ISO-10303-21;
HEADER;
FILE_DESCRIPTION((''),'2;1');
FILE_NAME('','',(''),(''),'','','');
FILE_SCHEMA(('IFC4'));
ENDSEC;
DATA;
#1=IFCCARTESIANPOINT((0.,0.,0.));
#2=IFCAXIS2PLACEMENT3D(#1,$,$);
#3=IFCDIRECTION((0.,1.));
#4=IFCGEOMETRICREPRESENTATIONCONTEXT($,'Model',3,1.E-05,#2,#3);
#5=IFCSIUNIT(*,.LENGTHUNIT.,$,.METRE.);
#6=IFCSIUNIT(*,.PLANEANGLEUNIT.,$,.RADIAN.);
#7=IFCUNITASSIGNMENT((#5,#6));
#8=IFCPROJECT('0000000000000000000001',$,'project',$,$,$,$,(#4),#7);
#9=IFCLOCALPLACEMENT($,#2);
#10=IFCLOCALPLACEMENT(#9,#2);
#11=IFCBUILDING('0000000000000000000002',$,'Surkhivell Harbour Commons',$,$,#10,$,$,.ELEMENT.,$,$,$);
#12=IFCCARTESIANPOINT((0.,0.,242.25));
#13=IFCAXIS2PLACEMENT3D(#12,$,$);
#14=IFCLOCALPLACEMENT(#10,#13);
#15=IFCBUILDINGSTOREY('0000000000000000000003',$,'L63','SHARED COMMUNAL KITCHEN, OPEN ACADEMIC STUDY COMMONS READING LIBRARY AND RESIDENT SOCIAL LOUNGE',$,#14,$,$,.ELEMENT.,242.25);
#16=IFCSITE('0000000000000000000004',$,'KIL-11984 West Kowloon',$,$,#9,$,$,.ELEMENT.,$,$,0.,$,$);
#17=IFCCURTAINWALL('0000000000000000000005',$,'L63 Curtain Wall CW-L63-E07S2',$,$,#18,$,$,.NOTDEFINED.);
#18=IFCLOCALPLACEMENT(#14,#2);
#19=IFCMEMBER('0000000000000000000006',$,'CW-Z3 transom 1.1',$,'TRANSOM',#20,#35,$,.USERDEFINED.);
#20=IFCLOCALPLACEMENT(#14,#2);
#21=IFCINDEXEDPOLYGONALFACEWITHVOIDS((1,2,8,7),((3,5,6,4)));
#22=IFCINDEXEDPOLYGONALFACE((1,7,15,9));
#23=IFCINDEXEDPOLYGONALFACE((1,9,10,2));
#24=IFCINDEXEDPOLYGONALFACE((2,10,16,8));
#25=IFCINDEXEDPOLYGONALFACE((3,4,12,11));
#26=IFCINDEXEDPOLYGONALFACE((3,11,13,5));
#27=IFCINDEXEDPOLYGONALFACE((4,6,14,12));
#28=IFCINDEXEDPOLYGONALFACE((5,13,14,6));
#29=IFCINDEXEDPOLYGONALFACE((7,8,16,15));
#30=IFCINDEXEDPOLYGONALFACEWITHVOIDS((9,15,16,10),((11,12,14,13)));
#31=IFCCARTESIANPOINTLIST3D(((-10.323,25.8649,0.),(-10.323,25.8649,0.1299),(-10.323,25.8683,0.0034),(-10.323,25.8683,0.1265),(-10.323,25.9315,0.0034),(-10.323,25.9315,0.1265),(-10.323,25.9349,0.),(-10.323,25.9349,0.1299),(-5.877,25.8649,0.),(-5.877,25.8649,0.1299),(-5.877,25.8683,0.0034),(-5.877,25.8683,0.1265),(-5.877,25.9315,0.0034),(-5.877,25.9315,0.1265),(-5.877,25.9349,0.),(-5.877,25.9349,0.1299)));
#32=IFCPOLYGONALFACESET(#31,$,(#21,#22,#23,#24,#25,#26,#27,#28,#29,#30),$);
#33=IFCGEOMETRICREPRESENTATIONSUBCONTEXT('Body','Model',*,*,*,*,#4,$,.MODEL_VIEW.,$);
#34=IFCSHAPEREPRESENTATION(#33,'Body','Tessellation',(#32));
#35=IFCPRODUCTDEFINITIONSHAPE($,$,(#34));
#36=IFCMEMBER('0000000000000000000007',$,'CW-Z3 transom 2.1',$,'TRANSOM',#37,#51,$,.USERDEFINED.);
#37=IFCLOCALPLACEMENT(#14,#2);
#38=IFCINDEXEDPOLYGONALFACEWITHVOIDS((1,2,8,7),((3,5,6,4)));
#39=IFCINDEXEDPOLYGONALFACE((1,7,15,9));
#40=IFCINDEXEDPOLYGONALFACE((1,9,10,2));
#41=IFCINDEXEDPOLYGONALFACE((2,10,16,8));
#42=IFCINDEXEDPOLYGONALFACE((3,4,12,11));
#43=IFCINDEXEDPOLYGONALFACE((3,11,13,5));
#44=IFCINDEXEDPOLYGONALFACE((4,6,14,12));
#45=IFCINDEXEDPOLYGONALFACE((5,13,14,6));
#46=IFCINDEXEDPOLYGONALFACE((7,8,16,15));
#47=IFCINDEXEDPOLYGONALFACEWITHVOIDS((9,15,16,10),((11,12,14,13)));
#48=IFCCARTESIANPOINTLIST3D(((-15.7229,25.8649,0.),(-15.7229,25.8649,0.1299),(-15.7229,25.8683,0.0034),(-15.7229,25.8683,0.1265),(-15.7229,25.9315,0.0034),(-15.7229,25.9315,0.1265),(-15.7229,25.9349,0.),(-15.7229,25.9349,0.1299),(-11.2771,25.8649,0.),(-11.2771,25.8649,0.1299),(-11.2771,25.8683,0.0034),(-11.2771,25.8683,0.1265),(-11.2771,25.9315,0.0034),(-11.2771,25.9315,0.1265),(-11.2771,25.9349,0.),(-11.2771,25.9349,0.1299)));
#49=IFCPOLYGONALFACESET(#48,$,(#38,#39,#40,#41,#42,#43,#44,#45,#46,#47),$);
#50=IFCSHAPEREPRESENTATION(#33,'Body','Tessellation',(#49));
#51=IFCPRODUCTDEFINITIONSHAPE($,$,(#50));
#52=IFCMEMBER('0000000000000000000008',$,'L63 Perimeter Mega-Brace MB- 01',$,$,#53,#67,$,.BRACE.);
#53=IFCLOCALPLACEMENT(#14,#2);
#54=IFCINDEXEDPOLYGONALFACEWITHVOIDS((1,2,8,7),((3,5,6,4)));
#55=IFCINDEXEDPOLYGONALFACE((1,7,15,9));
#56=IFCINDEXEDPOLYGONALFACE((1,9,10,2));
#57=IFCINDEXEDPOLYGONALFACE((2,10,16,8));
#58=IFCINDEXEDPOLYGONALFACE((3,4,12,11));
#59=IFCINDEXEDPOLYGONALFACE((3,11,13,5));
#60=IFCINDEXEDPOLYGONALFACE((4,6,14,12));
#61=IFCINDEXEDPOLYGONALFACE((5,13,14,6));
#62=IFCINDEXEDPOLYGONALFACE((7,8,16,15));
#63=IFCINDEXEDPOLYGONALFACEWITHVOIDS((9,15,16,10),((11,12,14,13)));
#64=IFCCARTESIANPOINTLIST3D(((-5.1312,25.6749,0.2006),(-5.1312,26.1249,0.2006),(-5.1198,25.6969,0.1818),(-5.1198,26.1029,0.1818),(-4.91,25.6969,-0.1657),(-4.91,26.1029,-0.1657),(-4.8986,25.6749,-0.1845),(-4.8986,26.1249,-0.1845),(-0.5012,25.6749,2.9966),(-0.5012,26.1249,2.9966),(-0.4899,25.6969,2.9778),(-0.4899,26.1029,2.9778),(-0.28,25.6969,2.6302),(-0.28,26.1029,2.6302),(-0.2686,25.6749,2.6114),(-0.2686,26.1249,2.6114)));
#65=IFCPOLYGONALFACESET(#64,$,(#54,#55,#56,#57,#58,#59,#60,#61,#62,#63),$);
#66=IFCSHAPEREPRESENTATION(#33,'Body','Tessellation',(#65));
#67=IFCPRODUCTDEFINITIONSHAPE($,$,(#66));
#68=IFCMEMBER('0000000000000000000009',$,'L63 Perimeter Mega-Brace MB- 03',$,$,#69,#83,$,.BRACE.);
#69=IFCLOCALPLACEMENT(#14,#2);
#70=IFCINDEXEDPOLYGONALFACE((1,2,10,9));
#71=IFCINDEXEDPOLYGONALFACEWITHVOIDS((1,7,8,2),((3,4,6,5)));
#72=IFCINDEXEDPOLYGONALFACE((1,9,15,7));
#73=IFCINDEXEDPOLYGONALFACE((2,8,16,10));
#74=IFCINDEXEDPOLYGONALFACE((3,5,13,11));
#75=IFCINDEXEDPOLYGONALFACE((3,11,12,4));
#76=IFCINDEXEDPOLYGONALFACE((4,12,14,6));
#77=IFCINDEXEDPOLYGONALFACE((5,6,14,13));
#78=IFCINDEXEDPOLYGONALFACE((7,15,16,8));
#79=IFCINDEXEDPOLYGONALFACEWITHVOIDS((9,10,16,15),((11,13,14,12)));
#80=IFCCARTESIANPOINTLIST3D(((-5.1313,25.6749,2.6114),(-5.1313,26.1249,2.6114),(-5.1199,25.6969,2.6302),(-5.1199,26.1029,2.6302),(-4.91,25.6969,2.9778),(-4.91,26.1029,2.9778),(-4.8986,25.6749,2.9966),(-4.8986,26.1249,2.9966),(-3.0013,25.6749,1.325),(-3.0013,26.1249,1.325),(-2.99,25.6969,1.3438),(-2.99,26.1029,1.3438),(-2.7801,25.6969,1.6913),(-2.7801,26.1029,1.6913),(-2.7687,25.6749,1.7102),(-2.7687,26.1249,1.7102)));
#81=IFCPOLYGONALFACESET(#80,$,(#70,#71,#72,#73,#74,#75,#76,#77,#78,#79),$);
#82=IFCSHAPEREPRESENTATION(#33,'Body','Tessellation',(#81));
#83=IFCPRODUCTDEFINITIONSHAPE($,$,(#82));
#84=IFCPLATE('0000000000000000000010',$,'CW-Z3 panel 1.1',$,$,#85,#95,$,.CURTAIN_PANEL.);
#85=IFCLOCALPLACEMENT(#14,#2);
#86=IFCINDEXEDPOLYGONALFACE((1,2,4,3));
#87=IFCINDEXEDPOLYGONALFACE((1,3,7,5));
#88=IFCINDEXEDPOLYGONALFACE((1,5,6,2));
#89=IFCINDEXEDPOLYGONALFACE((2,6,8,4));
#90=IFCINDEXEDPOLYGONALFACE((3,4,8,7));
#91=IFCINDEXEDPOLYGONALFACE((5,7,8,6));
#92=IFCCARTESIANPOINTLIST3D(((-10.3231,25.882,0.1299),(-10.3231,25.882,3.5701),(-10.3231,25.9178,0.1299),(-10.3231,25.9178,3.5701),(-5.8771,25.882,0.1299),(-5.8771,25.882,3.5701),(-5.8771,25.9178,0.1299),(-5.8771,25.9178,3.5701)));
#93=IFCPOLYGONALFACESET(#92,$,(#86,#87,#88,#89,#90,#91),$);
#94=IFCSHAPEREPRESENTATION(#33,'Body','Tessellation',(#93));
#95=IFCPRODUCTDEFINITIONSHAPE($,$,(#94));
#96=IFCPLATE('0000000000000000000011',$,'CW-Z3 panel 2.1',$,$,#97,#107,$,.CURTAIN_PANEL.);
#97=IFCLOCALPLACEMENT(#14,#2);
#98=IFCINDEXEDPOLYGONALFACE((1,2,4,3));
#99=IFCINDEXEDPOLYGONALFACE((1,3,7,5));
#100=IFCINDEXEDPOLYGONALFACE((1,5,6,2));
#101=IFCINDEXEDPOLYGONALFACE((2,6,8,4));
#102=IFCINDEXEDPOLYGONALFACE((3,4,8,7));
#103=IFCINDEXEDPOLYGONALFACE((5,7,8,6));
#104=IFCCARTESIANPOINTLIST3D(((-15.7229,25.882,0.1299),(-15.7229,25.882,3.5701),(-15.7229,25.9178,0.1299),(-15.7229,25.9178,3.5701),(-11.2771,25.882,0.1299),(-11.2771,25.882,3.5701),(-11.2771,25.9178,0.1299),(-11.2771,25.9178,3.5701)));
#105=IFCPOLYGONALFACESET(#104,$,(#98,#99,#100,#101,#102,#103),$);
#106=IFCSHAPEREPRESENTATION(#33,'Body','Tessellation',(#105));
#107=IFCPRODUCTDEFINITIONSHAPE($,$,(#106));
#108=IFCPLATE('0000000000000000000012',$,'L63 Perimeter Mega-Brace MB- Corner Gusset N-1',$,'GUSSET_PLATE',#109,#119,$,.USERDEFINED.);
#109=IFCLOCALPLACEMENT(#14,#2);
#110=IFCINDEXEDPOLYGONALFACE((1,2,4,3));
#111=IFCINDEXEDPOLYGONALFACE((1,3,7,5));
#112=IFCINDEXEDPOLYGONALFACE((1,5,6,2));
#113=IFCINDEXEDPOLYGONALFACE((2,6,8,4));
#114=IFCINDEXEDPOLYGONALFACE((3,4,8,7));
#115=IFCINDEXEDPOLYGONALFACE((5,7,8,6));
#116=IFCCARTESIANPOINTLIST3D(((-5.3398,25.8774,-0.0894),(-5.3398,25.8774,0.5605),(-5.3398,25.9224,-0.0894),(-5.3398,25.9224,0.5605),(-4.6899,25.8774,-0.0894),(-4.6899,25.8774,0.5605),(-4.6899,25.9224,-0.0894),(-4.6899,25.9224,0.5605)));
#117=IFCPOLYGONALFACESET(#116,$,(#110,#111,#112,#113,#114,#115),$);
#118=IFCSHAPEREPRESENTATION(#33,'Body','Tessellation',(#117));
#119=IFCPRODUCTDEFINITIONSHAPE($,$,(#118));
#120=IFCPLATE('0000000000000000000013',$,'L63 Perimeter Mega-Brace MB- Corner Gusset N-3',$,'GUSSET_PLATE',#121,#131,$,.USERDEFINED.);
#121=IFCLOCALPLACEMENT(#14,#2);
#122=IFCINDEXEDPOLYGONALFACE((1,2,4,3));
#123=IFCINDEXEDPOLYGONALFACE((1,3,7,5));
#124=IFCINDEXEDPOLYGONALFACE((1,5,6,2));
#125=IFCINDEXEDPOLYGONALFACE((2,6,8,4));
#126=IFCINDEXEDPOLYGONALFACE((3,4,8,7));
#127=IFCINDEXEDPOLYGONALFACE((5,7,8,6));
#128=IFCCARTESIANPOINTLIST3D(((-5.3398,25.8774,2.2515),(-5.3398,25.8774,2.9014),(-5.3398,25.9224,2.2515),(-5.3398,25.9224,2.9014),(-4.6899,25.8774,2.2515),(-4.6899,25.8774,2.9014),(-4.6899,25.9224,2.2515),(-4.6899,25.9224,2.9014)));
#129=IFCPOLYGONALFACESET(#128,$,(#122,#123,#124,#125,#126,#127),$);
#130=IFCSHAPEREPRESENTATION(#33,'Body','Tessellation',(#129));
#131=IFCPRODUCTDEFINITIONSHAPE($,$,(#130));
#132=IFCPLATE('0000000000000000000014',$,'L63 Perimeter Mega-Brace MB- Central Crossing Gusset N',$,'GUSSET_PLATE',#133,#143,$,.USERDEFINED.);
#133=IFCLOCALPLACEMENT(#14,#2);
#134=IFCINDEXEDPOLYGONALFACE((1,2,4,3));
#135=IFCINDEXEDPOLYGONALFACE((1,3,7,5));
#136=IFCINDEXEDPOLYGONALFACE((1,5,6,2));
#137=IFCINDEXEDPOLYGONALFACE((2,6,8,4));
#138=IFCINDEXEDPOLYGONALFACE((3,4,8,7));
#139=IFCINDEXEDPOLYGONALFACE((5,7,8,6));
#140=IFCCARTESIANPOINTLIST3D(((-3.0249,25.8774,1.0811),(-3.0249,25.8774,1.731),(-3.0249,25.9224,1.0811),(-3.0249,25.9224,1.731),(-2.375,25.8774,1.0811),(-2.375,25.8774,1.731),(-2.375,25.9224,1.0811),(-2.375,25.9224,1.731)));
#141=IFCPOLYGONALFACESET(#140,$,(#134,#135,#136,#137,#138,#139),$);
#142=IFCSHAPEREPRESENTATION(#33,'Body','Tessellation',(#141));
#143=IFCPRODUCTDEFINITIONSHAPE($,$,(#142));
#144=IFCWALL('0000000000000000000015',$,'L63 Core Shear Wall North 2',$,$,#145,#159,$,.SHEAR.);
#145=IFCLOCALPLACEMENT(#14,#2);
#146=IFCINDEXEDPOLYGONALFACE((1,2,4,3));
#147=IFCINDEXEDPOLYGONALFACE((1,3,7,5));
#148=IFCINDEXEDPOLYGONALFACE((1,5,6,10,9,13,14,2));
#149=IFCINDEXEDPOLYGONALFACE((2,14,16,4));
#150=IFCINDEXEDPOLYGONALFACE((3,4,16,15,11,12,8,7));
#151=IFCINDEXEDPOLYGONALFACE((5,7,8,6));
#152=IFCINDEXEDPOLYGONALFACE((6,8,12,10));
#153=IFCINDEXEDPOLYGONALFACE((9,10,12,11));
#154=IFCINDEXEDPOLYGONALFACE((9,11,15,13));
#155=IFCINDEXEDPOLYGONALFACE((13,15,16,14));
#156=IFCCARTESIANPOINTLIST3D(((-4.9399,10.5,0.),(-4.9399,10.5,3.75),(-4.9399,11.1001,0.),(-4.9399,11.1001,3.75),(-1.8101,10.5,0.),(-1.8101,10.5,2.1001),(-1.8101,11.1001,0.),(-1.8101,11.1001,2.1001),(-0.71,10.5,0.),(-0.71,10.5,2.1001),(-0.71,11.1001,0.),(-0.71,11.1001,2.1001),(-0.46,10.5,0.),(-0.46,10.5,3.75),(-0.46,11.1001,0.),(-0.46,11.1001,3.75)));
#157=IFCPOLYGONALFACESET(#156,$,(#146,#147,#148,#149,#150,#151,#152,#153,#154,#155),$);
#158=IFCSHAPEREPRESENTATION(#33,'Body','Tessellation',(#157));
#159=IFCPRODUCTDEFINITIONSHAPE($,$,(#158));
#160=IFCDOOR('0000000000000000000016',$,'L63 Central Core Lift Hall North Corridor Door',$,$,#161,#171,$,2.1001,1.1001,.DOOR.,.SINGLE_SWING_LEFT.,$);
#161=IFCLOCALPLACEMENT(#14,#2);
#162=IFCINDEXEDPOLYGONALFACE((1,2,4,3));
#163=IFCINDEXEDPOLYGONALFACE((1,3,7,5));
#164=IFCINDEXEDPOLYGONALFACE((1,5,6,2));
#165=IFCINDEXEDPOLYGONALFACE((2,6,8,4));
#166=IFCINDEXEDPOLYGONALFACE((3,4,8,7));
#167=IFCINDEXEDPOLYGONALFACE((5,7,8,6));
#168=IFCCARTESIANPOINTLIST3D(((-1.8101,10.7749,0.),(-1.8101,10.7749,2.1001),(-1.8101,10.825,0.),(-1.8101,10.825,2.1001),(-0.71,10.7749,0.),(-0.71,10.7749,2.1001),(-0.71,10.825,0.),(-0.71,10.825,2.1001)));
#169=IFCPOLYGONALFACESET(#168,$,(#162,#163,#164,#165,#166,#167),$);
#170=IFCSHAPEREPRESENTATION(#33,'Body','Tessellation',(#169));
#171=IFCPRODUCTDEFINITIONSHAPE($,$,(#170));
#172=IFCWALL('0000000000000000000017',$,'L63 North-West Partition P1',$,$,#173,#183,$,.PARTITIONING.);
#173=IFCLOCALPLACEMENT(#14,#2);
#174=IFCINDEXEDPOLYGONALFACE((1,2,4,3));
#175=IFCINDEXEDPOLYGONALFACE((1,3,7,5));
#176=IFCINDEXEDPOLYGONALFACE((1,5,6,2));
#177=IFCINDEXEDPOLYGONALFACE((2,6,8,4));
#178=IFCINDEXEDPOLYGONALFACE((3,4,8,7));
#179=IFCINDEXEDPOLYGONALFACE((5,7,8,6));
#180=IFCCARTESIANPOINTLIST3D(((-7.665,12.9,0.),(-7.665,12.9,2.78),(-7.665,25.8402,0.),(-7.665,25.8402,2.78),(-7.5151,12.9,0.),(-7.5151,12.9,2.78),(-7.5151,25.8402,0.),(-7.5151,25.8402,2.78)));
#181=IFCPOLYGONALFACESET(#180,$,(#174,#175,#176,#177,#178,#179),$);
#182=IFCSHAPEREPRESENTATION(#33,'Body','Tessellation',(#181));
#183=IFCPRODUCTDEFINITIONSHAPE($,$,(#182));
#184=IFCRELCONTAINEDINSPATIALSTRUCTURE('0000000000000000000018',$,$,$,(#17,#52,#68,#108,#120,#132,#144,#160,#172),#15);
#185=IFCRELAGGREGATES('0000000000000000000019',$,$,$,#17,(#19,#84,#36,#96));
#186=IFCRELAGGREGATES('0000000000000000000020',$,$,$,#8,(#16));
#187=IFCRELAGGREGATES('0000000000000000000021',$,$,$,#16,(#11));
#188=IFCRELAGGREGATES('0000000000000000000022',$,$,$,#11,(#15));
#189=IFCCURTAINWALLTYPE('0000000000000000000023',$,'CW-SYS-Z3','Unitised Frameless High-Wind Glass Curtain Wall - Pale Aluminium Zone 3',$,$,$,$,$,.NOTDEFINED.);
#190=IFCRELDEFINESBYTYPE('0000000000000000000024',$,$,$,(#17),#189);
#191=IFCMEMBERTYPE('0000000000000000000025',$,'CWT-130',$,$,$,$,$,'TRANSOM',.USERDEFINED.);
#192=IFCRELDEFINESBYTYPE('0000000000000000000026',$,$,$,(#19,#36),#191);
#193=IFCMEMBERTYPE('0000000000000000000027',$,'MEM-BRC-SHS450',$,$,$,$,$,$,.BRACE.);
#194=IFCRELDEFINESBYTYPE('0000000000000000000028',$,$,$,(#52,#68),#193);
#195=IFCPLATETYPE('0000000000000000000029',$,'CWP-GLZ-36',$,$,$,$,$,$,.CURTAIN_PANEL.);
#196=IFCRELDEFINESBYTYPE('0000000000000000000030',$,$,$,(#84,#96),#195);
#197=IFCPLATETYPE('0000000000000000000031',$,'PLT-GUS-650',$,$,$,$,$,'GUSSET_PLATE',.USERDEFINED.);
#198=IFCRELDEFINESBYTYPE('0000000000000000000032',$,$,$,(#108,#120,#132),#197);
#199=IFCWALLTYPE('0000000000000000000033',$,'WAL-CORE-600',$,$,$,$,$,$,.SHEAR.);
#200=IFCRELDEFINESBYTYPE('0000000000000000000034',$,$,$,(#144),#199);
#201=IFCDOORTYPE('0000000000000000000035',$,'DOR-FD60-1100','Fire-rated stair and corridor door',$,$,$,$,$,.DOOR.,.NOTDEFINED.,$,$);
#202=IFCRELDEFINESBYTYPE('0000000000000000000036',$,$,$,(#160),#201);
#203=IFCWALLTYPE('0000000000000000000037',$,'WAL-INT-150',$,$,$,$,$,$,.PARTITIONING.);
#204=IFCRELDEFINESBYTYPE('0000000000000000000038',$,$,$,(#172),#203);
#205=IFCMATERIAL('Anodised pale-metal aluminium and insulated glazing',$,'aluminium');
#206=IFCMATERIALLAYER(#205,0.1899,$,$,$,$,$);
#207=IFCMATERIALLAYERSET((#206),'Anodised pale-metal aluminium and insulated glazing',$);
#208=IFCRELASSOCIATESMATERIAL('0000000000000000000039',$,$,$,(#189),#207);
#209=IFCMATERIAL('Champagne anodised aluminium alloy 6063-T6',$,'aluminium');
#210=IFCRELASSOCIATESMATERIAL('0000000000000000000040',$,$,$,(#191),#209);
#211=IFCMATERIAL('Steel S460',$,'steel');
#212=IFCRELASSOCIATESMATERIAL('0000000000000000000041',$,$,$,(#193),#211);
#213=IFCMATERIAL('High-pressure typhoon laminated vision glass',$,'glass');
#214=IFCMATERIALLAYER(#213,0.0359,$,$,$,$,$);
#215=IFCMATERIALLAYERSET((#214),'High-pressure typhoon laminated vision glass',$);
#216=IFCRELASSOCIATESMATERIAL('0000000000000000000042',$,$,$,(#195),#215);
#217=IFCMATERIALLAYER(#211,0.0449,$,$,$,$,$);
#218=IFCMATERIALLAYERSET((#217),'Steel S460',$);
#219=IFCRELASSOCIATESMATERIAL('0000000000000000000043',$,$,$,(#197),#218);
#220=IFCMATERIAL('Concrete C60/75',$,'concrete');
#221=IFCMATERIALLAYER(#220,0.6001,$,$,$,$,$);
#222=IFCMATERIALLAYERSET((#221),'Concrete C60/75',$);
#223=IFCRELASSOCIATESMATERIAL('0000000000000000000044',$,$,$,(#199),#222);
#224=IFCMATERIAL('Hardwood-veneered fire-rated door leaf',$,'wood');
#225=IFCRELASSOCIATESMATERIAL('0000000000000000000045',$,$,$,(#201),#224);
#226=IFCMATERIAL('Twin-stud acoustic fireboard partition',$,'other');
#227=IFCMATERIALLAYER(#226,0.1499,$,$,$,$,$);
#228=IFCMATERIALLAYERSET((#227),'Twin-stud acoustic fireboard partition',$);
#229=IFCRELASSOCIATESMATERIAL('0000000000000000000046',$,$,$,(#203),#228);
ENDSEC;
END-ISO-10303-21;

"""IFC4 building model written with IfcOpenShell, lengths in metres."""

from ifc_helpers import new_model, si_unit, direction, frame, frame_2d, origin, origin_2d, place, context, subcontext, project, spatial, rectangle, hollow_rectangle, extrude, material, layer, layer_set, material_profile, profile_set, type_object, element, fill, aggregate, save


model = new_model("IFC4")

# Units and contexts
model_context = context("Model", 3, precision=1e-05, world=origin(), true_north=direction((0.0, 1.0)))
body_context = subcontext(model_context, "Body", "Model", "MODEL_VIEW")
ifc_project = project(units=[si_unit("LENGTHUNIT", "METRE"), si_unit("PLANEANGLEUNIT", "RADIAN")], contexts=[model_context])

# Site, building, storey
site_placement = place(None, origin())
site = spatial("IfcSite", under=ifc_project, at=site_placement, Name="KIL-11984 West Kowloon", CompositionType="ELEMENT", RefElevation=0.0)
building_placement = place(site_placement, origin())
building = spatial("IfcBuilding", under=site, at=building_placement, Name="Surkhivell Harbour Commons", CompositionType="ELEMENT")
storey_placement = place(building_placement, frame((0.0, 0.0, 242.25)))
storey = spatial("IfcBuildingStorey", under=building, at=storey_placement, Name="L63", Description="SHARED COMMUNAL KITCHEN, OPEN ACADEMIC STUDY COMMONS READING LIBRARY AND RESIDENT SOCIAL LOUNGE", CompositionType="ELEMENT", Elevation=242.25)

# Curtain wall, members
ifc_material_1 = material(Name="Anodised pale-metal aluminium and insulated glazing", Category="aluminium")
ifc_layer_1 = layer(ifc_material_1, 0.1899)
ifc_layer_set_1 = layer_set([ifc_layer_1], Name="Anodised pale-metal aluminium and insulated glazing")
curtain_wall_type = type_object("IfcCurtainWallType", Name="CW-SYS-Z3", Description="Unitised Frameless High-Wind Glass Curtain Wall - Pale Aluminium Zone 3", PredefinedType="NOTDEFINED", material=ifc_layer_set_1)
curtain_wall_placement = place(storey_placement, origin())
curtain_wall = element("IfcCurtainWall", 1, at=curtain_wall_placement, inside=storey, type_object=curtain_wall_type, Name="L63 Curtain Wall CW-L63-E07S2", PredefinedType="NOTDEFINED")
ifc_material_2 = material(Name="Champagne anodised aluminium alloy 6063-T6", Category="aluminium")
ifc_material_profile_1 = material_profile(ifc_material_2, hollow_rectangle(XDim=0.0701, YDim=0.1299, WallThickness=0.0034, at=origin_2d()), Name="ALU-TRAN-70x130")
ifc_profile_set_1 = profile_set([ifc_material_profile_1], Name="Champagne anodised aluminium alloy 6063-T6")
member_type_1 = type_object("IfcMemberType", Name="CWT-130", ElementType="TRANSOM", PredefinedType="USERDEFINED", material=ifc_profile_set_1)
member_1_placement = place(storey_placement, frame((-5.877, 25.8999, 0.0649), z_axis=(-1.0, 0.0, 0.0), x_axis=(0.0, -1.0, 0.0)))
member_1 = element("IfcMember", 2, at=member_1_placement, type_object=member_type_1, Name="CW-Z3 transom 1.1", ObjectType="TRANSOM", PredefinedType="USERDEFINED", context=body_context, shape_type="SweptSolid", body=[
    extrude(hollow_rectangle(XDim=0.0701, YDim=0.1299, WallThickness=0.0034, at=origin_2d()), origin(), (0.0, 0.0, 1.0), 4.446),
])
member_2_placement = place(storey_placement, frame((-11.2771, 25.8999, 0.0649), z_axis=(-1.0, 0.0, 0.0), x_axis=(0.0, -1.0, 0.0)))
member_2 = element("IfcMember", 3, at=member_2_placement, type_object=member_type_1, Name="CW-Z3 transom 2.1", ObjectType="TRANSOM", PredefinedType="USERDEFINED", context=body_context, shape_type="SweptSolid", body=[
    extrude(hollow_rectangle(XDim=0.0701, YDim=0.1299, WallThickness=0.0034, at=origin_2d()), origin(), (0.0, 0.0, 1.0), 4.4458),
])

# Members
ifc_material_3 = material(Name="Steel S460", Category="steel")
ifc_material_profile_2 = material_profile(ifc_material_3, hollow_rectangle(XDim=0.45, YDim=0.45, WallThickness=0.022, at=origin_2d()), Name="SHS450x450x22")
ifc_profile_set_2 = profile_set([ifc_material_profile_2], Name="Steel S460")
member_type_2 = type_object("IfcMemberType", Name="MEM-BRC-SHS450", PredefinedType="BRACE", material=ifc_profile_set_2)
member_3_placement = place(storey_placement, frame((-5.0149, 25.8999, 0.0081), z_axis=(0.856024, 0.0, 0.516937), x_axis=(0.0, 1.0, 0.0)))
element("IfcMember", 4, at=member_3_placement, inside=storey, type_object=member_type_2, Name="L63 Perimeter Mega-Brace MB- 01", PredefinedType="BRACE", context=body_context, shape_type="SweptSolid", body=[
    extrude(hollow_rectangle(XDim=0.45, YDim=0.45, WallThickness=0.022, at=origin_2d()), origin(), (0.0, 0.0, 1.0), 5.4087),
])
member_4_placement = place(storey_placement, frame((-2.885, 25.8999, 1.5176), z_axis=(-0.855992, 0.0, 0.51699), x_axis=(0.0, -1.0, 0.0)))
element("IfcMember", 5, at=member_4_placement, inside=storey, type_object=member_type_2, Name="L63 Perimeter Mega-Brace MB- 03", PredefinedType="BRACE", context=body_context, shape_type="SweptSolid", body=[
    extrude(hollow_rectangle(XDim=0.45, YDim=0.45, WallThickness=0.022, at=origin_2d()), origin(), (0.0, 0.0, 1.0), 2.4883),
])

# Plates
ifc_material_4 = material(Name="High-pressure typhoon laminated vision glass", Category="glass")
ifc_layer_2 = layer(ifc_material_4, 0.0359)
ifc_layer_set_2 = layer_set([ifc_layer_2], Name="High-pressure typhoon laminated vision glass")
plate_type_1 = type_object("IfcPlateType", Name="CWP-GLZ-36", PredefinedType="CURTAIN_PANEL", material=ifc_layer_set_2)
plate_1_placement = place(storey_placement, frame((-5.877, 25.8999, 0.1299), z_axis=(0.0, 0.0, 1.0), x_axis=(-1.0, 0.0, 0.0)))
plate_1 = element("IfcPlate", 6, at=plate_1_placement, type_object=plate_type_1, Name="CW-Z3 panel 1.1", PredefinedType="CURTAIN_PANEL", context=body_context, shape_type="SweptSolid", body=[
    extrude(rectangle(XDim=4.446, YDim=0.0359, at=frame_2d((2.2231, 0.0))), origin(), (0.0, 0.0, 1.0), 3.4402),
])
plate_2_placement = place(storey_placement, frame((-11.2771, 25.8999, 0.1299), z_axis=(0.0, 0.0, 1.0), x_axis=(-1.0, 0.0, 0.0)))
plate_2 = element("IfcPlate", 7, at=plate_2_placement, type_object=plate_type_1, Name="CW-Z3 panel 2.1", PredefinedType="CURTAIN_PANEL", context=body_context, shape_type="SweptSolid", body=[
    extrude(rectangle(XDim=4.4458, YDim=0.0359, at=frame_2d((2.2229, 0.0))), origin(), (0.0, 0.0, 1.0), 3.4402),
])
aggregate(curtain_wall, [member_1, plate_1, member_2, plate_2])

# Plates
ifc_layer_3 = layer(ifc_material_3, 0.0449)
ifc_layer_set_3 = layer_set([ifc_layer_3], Name="Steel S460")
plate_type_2 = type_object("IfcPlateType", Name="PLT-GUS-650", ElementType="GUSSET_PLATE", PredefinedType="USERDEFINED", material=ifc_layer_set_3)
for number, where, z_axis, x_axis, name in (
    (8, (-5.0149, 25.8999, -0.0894), (0.0, 0.0, 1.0), (1.0, 0.0, 0.0), "L63 Perimeter Mega-Brace MB- Corner Gusset N-1"),
    (9, (-5.0149, 25.8999, 2.2515), (0.0, 0.0, 1.0), (1.0, 0.0, 0.0), "L63 Perimeter Mega-Brace MB- Corner Gusset N-3"),
    (10, (-2.7, 25.8999, 1.0811), (0.0, 0.0, 1.0), (1.0, 0.0, 0.0), "L63 Perimeter Mega-Brace MB- Central Crossing Gusset N"),
):
    element("IfcPlate", number, at=place(storey_placement, frame(where, z_axis=z_axis, x_axis=x_axis)), inside=storey, type_object=plate_type_2, Name=name, ObjectType="GUSSET_PLATE", PredefinedType="USERDEFINED", context=body_context, shape_type="SweptSolid", body=[
        extrude(rectangle(XDim=0.6499, YDim=0.0449, at=origin_2d()), origin(), (0.0, 0.0, 1.0), 0.6499),
    ])

# Wall, opening, door
ifc_material_5 = material(Name="Concrete C60/75", Category="concrete")
ifc_layer_4 = layer(ifc_material_5, 0.6001)
ifc_layer_set_4 = layer_set([ifc_layer_4], Name="Concrete C60/75")
wall_type_1 = type_object("IfcWallType", Name="WAL-CORE-600", PredefinedType="SHEAR", material=ifc_layer_set_4)
wall_1_placement = place(storey_placement, frame((-4.9399, 10.8, 0.0), z_axis=(0.0, 0.0, 1.0), x_axis=(1.0, 0.0, 0.0)))
wall_1 = element("IfcWall", 11, at=wall_1_placement, inside=storey, type_object=wall_type_1, Name="L63 Core Shear Wall North 2", PredefinedType="SHEAR", context=body_context, shape_type="SweptSolid", body=[
    extrude(rectangle(XDim=4.48, YDim=0.6001, at=frame_2d((2.24, 0.0))), origin(), (0.0, 0.0, 1.0), 3.75),
])
opening_1_placement = place(wall_1_placement, frame((3.1299, 0.0, 0.0)))
opening_1 = element("IfcOpeningElement", 12, at=opening_1_placement, cuts=wall_1, PredefinedType="OPENING", context=body_context, shape_type="SweptSolid", body=[
    extrude(rectangle(XDim=1.1001, YDim=2.1001, at=frame_2d((0.55, 1.05))), frame((0.0, 0.3101, 0.0), z_axis=(0.0, -1.0, 0.0), x_axis=(1.0, 0.0, 0.0)), (0.0, 0.0, 1.0), 0.6201),
])
ifc_material_6 = material(Name="Hardwood-veneered fire-rated door leaf", Category="wood")
door_type_1 = type_object("IfcDoorType", Name="DOR-FD60-1100", Description="Fire-rated stair and corridor door", OperationType="NOTDEFINED", PredefinedType="DOOR", material=ifc_material_6)
door_1_placement = place(opening_1_placement, origin())
door_1 = element("IfcDoor", 13, at=door_1_placement, inside=storey, type_object=door_type_1, Name="L63 Central Core Lift Hall North Corridor Door", OperationType="SINGLE_SWING_LEFT", OverallHeight=2.1001, OverallWidth=1.1001, PredefinedType="DOOR", context=body_context, shape_type="SweptSolid", body=[
    extrude(rectangle(XDim=1.1001, YDim=2.1001, at=frame_2d((0.55, 1.05))), frame((0.0, 0.0249, 0.0), z_axis=(0.0, -1.0, 0.0), x_axis=(1.0, 0.0, 0.0)), (0.0, 0.0, 1.0), 0.05),
])
fill(opening_1, door_1)

# Wall
ifc_material_7 = material(Name="Twin-stud acoustic fireboard partition", Category="other")
ifc_layer_5 = layer(ifc_material_7, 0.1499)
ifc_layer_set_5 = layer_set([ifc_layer_5], Name="Twin-stud acoustic fireboard partition")
wall_type_2 = type_object("IfcWallType", Name="WAL-INT-150", PredefinedType="PARTITIONING", material=ifc_layer_set_5)
wall_2_placement = place(storey_placement, frame((-7.5901, 12.8999, 0.0), z_axis=(0.0, 0.0, 1.0), x_axis=(0.0, 1.0, 0.0)))
element("IfcWall", 14, at=wall_2_placement, inside=storey, type_object=wall_type_2, Name="L63 North-West Partition P1", PredefinedType="PARTITIONING", context=body_context, shape_type="SweptSolid", body=[
    extrude(rectangle(XDim=12.9402, YDim=0.1499, at=frame_2d((6.4702, 0.0))), origin(), (0.0, 0.0, 1.0), 2.78),
])

save(model, "model.ifc")
